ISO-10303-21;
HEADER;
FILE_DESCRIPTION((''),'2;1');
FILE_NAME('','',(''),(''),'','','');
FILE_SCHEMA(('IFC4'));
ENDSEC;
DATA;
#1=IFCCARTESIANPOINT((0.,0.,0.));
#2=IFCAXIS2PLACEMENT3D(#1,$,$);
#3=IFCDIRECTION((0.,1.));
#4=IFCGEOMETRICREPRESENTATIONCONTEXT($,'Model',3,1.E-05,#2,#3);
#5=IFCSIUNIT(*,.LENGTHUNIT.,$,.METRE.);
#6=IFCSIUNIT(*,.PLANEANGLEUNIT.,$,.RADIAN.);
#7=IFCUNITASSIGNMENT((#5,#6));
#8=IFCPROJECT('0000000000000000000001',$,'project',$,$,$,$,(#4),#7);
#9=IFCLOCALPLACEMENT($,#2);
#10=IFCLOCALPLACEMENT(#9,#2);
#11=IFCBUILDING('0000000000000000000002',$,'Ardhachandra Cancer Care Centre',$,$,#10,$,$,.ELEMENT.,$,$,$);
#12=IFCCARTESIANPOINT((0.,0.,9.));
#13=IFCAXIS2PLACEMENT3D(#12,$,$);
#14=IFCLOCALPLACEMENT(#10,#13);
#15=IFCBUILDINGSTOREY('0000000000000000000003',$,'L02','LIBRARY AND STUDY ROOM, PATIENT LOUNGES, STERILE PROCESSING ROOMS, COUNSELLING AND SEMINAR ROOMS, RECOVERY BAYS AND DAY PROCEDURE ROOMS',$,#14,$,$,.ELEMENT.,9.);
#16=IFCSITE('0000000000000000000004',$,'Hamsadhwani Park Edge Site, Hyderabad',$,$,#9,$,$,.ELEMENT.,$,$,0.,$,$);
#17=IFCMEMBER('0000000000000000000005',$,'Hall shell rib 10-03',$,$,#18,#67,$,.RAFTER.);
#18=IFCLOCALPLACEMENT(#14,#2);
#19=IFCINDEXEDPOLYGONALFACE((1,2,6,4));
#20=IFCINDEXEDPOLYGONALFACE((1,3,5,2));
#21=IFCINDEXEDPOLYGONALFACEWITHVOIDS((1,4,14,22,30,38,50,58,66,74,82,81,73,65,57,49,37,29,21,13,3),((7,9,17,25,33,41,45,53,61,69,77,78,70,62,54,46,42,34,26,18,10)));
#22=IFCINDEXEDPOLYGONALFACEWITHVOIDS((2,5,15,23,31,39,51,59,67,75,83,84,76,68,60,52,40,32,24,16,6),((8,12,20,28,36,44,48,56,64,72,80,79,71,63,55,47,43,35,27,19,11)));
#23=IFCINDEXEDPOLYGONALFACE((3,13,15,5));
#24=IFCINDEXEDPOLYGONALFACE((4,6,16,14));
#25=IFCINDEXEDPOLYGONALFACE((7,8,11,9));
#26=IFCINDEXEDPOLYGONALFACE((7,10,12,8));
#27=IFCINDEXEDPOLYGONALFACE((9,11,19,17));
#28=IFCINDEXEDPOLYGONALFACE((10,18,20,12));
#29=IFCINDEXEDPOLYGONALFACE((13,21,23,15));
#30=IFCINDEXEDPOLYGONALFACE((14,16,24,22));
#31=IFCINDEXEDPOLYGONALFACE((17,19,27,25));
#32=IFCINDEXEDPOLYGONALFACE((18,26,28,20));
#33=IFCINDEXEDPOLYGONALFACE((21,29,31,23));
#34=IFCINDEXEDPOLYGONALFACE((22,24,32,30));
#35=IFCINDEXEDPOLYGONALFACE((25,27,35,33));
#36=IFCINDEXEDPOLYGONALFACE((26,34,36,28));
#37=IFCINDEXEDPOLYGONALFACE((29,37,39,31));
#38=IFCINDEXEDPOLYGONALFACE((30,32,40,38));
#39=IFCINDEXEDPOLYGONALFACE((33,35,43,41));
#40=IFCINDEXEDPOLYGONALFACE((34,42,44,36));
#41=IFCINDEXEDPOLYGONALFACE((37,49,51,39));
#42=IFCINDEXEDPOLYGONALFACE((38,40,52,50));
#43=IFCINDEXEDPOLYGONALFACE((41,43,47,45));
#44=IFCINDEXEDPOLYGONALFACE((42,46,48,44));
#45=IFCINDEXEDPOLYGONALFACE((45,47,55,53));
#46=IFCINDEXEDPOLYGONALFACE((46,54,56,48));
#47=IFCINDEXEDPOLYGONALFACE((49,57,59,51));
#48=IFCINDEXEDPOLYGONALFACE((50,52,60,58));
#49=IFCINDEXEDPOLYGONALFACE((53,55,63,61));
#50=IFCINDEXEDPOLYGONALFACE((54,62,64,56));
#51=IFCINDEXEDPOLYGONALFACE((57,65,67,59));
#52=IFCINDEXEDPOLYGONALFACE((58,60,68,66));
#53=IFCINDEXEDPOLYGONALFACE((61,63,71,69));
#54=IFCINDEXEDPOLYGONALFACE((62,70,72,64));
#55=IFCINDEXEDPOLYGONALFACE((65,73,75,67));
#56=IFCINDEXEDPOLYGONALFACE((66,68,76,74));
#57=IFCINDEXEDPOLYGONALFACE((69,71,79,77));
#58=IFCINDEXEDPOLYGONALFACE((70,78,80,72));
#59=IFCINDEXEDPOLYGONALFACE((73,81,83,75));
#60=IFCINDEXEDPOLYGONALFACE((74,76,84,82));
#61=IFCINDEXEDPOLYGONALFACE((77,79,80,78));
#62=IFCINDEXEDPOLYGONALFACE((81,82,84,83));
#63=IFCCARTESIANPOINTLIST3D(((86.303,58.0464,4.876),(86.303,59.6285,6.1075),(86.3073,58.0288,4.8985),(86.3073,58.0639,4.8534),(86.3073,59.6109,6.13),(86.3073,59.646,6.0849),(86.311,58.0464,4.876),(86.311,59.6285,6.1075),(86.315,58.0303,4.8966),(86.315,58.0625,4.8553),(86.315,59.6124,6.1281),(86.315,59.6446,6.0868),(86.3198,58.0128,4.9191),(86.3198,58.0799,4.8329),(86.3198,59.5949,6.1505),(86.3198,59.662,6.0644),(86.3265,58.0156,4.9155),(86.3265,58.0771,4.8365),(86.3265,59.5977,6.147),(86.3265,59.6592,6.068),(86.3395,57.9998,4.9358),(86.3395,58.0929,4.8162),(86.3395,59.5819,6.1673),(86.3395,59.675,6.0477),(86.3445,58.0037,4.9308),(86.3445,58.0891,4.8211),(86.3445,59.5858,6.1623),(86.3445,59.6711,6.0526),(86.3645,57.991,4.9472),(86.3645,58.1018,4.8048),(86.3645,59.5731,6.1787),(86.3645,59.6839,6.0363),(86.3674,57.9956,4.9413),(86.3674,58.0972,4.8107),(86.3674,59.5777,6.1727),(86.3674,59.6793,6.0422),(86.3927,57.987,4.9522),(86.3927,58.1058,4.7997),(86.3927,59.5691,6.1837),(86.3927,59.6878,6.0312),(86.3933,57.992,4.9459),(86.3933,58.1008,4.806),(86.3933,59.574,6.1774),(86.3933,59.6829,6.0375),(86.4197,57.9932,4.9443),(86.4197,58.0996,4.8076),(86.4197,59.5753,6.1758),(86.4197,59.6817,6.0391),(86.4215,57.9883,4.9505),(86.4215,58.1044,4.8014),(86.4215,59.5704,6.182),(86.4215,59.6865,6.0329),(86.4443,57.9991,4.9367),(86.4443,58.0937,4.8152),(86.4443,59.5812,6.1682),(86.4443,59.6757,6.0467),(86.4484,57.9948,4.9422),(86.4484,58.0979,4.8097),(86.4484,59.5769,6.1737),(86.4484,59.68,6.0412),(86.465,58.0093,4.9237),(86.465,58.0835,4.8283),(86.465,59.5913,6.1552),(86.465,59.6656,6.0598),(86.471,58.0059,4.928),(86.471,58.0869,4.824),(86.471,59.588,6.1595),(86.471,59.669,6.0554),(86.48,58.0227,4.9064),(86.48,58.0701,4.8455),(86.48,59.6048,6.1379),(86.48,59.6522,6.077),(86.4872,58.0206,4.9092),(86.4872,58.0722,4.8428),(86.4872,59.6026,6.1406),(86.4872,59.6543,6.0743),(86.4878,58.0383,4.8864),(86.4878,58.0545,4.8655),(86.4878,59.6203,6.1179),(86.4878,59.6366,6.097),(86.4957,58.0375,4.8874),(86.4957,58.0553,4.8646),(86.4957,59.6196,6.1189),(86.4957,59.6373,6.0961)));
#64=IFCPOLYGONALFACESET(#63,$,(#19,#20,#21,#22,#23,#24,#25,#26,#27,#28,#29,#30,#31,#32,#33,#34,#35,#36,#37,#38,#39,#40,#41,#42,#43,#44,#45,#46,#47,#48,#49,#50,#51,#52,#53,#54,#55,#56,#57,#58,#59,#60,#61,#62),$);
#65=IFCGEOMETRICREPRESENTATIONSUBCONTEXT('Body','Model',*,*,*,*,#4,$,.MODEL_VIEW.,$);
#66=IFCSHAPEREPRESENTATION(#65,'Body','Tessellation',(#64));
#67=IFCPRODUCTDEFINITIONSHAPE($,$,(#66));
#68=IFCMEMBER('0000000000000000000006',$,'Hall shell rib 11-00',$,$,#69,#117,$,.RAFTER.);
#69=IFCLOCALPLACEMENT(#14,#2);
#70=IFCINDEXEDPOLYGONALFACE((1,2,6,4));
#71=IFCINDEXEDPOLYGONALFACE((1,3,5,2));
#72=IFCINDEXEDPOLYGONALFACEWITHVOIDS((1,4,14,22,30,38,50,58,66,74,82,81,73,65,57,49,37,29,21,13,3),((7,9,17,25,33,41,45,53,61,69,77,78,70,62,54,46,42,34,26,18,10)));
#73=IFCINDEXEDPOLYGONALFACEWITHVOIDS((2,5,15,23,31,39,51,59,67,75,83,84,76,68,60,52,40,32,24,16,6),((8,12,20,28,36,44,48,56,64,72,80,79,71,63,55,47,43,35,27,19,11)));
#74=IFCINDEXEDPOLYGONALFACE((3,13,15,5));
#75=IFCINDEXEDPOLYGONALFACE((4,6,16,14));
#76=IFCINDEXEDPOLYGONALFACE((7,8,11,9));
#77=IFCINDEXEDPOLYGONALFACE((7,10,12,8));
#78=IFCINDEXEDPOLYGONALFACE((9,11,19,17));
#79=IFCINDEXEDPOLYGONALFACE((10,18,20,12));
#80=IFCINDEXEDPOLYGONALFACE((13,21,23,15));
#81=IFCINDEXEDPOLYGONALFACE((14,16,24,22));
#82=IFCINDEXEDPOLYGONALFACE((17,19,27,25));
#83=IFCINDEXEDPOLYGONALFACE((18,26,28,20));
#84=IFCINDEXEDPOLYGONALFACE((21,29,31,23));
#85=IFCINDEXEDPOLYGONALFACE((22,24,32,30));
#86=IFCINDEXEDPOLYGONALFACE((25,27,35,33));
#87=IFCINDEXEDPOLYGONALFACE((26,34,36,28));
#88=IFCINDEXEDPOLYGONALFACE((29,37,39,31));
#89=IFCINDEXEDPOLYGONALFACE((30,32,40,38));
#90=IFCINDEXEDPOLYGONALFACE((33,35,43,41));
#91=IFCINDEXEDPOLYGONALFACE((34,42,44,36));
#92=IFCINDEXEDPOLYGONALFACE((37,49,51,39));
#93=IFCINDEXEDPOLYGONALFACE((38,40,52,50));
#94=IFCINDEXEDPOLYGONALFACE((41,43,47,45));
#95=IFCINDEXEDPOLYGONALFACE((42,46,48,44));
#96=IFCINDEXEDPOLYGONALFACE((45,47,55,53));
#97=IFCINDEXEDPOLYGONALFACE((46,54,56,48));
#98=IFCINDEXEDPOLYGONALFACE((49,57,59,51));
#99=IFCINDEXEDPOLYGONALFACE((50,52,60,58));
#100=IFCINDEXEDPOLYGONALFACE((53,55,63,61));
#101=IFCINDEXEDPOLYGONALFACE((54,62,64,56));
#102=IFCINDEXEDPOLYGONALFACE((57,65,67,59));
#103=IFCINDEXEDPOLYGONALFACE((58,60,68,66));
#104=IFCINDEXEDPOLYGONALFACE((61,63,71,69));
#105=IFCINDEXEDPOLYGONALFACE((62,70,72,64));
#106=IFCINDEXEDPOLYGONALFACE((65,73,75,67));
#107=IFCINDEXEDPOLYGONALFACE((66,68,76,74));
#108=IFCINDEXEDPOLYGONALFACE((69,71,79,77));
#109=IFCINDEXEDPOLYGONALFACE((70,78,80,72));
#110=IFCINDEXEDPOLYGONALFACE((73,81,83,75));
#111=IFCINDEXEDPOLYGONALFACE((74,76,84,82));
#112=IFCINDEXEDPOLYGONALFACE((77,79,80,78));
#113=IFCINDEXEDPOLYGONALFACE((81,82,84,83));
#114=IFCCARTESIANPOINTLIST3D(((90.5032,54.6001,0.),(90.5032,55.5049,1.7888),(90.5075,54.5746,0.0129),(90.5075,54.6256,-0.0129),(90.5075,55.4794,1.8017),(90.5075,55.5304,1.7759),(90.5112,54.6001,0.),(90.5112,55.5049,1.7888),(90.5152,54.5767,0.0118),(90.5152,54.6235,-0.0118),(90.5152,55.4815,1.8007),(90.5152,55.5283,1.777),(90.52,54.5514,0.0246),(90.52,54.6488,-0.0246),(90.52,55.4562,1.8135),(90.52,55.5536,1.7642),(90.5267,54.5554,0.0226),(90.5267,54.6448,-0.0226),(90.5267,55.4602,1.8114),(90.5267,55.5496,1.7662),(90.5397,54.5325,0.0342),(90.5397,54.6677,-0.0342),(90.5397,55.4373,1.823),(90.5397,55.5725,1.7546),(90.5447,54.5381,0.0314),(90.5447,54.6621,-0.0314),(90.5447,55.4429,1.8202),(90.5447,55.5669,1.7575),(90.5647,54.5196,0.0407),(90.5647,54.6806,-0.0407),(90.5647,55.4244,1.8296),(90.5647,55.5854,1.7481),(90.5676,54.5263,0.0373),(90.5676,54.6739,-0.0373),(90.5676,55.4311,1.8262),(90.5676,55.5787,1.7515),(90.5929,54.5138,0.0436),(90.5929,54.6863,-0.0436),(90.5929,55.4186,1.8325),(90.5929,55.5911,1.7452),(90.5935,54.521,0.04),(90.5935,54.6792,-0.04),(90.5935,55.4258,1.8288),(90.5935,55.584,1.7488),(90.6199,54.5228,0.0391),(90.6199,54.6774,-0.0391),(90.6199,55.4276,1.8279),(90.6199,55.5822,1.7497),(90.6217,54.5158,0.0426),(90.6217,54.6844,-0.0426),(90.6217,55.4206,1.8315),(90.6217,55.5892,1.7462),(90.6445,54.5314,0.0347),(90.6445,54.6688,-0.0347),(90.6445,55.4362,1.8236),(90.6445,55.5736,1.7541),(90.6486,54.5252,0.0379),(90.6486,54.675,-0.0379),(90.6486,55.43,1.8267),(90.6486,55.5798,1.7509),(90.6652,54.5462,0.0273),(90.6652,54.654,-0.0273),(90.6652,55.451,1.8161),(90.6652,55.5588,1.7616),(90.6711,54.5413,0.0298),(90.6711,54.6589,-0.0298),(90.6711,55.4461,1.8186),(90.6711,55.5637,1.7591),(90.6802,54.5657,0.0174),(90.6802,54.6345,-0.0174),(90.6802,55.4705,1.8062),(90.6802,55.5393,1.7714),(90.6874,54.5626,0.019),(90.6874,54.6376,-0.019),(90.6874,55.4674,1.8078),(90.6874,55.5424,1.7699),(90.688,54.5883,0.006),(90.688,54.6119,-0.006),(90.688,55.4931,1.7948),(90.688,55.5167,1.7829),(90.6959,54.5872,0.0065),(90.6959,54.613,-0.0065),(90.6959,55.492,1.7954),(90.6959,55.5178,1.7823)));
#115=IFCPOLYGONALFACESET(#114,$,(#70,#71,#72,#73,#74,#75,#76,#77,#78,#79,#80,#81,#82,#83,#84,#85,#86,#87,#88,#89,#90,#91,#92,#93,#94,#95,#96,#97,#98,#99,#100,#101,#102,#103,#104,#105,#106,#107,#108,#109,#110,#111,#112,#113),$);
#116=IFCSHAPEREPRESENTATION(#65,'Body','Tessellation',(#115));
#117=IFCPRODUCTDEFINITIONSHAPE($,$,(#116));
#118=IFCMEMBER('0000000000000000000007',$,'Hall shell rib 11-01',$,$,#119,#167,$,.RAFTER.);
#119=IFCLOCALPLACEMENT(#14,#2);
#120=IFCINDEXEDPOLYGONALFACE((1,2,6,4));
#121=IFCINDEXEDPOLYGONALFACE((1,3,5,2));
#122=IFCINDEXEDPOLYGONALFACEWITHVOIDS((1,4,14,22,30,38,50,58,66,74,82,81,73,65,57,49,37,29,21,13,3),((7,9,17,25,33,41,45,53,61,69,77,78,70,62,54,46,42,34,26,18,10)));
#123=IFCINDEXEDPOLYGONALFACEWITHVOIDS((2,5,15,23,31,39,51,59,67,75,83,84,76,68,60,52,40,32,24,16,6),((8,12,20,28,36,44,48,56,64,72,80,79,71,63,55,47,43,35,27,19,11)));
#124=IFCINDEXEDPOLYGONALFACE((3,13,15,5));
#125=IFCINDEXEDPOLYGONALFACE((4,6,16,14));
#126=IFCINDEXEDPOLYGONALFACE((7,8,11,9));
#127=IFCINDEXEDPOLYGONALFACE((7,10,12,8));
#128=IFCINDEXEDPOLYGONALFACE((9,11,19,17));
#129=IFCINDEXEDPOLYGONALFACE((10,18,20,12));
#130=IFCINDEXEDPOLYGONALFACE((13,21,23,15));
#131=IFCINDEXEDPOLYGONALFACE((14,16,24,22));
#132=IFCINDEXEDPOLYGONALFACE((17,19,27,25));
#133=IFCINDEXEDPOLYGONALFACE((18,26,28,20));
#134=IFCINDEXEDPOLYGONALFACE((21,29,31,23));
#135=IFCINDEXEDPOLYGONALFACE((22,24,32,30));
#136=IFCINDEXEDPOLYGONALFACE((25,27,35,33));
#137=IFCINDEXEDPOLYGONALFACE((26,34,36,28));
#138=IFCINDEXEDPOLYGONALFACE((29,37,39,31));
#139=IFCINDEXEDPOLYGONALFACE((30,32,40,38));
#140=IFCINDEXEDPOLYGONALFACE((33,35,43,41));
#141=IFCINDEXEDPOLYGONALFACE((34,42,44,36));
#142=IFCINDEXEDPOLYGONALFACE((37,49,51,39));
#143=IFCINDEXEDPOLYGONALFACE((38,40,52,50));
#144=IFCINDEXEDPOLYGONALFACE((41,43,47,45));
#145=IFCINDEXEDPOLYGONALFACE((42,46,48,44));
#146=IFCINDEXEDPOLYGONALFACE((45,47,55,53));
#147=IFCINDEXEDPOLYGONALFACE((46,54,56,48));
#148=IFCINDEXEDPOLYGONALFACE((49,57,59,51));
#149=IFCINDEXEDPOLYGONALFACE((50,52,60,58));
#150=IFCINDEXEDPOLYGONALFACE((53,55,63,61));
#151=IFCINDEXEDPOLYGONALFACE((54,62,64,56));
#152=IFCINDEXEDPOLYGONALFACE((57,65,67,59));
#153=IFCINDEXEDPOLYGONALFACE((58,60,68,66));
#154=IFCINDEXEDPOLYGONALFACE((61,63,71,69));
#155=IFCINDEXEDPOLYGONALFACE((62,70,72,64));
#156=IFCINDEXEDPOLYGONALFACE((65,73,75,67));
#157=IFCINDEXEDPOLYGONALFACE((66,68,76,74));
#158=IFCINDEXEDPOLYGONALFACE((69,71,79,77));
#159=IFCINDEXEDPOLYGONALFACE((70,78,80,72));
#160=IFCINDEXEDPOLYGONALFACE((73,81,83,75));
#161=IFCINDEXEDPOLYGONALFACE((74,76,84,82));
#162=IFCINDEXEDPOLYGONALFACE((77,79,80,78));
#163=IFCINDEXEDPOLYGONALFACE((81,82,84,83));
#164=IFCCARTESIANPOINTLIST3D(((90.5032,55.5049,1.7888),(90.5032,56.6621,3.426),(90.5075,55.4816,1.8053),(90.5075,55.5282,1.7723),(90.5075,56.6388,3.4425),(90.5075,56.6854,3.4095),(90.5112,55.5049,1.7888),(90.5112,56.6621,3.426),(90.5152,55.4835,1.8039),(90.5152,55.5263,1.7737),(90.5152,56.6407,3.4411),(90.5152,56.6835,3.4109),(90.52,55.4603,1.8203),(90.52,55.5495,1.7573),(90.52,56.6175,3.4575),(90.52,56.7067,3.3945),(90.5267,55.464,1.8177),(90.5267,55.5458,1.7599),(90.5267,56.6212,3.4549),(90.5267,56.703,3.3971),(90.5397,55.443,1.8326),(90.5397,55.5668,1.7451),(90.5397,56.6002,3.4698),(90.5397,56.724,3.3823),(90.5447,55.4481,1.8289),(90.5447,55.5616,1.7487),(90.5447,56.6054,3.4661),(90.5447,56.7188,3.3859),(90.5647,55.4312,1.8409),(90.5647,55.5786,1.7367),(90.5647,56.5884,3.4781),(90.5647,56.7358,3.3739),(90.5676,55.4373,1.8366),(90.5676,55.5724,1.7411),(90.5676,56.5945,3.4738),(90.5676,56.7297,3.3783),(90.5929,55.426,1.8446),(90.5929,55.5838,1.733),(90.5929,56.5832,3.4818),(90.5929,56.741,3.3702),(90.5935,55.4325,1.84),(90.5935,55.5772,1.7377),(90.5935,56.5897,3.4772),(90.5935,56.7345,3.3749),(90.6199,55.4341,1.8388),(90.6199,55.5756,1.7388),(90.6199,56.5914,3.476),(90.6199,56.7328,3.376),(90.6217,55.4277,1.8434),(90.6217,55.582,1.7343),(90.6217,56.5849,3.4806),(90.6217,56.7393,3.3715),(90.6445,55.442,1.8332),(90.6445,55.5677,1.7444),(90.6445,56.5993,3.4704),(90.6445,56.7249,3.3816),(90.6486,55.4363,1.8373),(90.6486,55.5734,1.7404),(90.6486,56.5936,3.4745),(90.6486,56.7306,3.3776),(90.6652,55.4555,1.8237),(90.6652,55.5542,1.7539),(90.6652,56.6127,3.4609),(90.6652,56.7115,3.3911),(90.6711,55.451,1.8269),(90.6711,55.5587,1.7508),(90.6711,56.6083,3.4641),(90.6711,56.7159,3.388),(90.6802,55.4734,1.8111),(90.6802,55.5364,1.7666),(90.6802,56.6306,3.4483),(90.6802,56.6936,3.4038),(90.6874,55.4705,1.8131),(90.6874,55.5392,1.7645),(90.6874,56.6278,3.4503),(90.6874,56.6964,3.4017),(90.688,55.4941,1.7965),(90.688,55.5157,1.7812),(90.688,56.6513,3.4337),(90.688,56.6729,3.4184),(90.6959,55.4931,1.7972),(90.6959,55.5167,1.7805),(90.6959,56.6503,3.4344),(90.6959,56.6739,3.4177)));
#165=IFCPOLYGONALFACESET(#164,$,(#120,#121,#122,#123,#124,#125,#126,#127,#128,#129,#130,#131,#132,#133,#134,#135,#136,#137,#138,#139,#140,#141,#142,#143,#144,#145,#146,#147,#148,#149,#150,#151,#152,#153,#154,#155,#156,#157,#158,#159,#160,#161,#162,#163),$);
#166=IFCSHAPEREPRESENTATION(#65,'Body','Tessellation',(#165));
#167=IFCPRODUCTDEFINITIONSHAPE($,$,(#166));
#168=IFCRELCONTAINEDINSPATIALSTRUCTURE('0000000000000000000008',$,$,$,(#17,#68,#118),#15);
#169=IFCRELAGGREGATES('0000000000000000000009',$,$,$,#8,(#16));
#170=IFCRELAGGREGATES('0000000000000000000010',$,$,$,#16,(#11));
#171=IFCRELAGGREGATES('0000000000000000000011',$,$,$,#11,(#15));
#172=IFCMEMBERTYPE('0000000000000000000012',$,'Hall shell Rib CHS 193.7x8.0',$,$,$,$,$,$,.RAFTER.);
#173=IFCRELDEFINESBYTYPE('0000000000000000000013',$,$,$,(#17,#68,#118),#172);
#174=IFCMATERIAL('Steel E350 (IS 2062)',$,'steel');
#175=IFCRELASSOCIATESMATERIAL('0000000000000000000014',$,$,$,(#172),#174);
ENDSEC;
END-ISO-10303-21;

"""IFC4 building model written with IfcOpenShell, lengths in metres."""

from ifc_helpers import new_model, si_unit, direction, frame, origin, origin_2d, place, context, subcontext, project, spatial, hollow_circle, extrude, material, material_profile, profile_set, type_object, element, save


model = new_model("IFC4")

# Units and contexts
model_context = context("Model", 3, precision=1e-05, world=origin(), true_north=direction((0.0, 1.0)))
body_context = subcontext(model_context, "Body", "Model", "MODEL_VIEW")
ifc_project = project(units=[si_unit("LENGTHUNIT", "METRE"), si_unit("PLANEANGLEUNIT", "RADIAN")], contexts=[model_context])

# Site, building, storey
site_placement = place(None, origin())
site = spatial("IfcSite", under=ifc_project, at=site_placement, Name="Hamsadhwani Park Edge Site, Hyderabad", CompositionType="ELEMENT", RefElevation=0.0)
building_placement = place(site_placement, origin())
building = spatial("IfcBuilding", under=site, at=building_placement, Name="Ardhachandra Cancer Care Centre", CompositionType="ELEMENT")
storey_placement = place(building_placement, frame((0.0, 0.0, 9.0)))
storey = spatial("IfcBuildingStorey", under=building, at=storey_placement, Name="L02", Description="LIBRARY AND STUDY ROOM, PATIENT LOUNGES, STERILE PROCESSING ROOMS, COUNSELLING AND SEMINAR ROOMS, RECOVERY BAYS AND DAY PROCEDURE ROOMS", CompositionType="ELEMENT", Elevation=9.0)

# Members
ifc_material_1 = material(Name="Steel E350 (IS 2062)", Category="steel")
ifc_material_profile_1 = material_profile(ifc_material_1, hollow_circle(Radius=0.0969, WallThickness=0.0081, at=origin_2d()), Name="CHS 193.7x8.0")
ifc_profile_set_1 = profile_set([ifc_material_profile_1], Name="Steel E350 (IS 2062)")
member_type_1 = type_object("IfcMemberType", Name="Hall shell Rib CHS 193.7x8.0", PredefinedType="RAFTER", material=ifc_profile_set_1)
member_1_placement = place(storey_placement, frame((86.3999, 58.0464, 4.876), z_axis=(0.0, 0.789116, 0.614244), x_axis=(-1.0, 0.0, 0.0)))
element("IfcMember", 1, at=member_1_placement, inside=storey, type_object=member_type_1, Name="Hall shell rib 10-03", PredefinedType="RAFTER", context=body_context, shape_type="SweptSolid", body=[
    extrude(hollow_circle(Radius=0.0969, WallThickness=0.0081, at=origin_2d()), origin(), (0.0, 0.0, 1.0), 2.0049),
])
member_2_placement = place(storey_placement, frame((90.6001, 54.6001, 0.0), z_axis=(0.0, 0.45135, 0.892347), x_axis=(-1.0, 0.0, 0.0)))
element("IfcMember", 2, at=member_2_placement, inside=storey, type_object=member_type_1, Name="Hall shell rib 11-00", PredefinedType="RAFTER", context=body_context, shape_type="SweptSolid", body=[
    extrude(hollow_circle(Radius=0.0969, WallThickness=0.0081, at=origin_2d()), origin(), (0.0, 0.0, 1.0), 2.0046),
])
member_3_placement = place(storey_placement, frame((90.6001, 55.5049, 1.7888), z_axis=(0.0, 0.577199, 0.816603), x_axis=(-1.0, 0.0, 0.0)))
element("IfcMember", 3, at=member_3_placement, inside=storey, type_object=member_type_1, Name="Hall shell rib 11-01", PredefinedType="RAFTER", context=body_context, shape_type="SweptSolid", body=[
    extrude(hollow_circle(Radius=0.0969, WallThickness=0.0081, at=origin_2d()), origin(), (0.0, 0.0, 1.0), 2.0049),
])

save(model, "model.ifc")
